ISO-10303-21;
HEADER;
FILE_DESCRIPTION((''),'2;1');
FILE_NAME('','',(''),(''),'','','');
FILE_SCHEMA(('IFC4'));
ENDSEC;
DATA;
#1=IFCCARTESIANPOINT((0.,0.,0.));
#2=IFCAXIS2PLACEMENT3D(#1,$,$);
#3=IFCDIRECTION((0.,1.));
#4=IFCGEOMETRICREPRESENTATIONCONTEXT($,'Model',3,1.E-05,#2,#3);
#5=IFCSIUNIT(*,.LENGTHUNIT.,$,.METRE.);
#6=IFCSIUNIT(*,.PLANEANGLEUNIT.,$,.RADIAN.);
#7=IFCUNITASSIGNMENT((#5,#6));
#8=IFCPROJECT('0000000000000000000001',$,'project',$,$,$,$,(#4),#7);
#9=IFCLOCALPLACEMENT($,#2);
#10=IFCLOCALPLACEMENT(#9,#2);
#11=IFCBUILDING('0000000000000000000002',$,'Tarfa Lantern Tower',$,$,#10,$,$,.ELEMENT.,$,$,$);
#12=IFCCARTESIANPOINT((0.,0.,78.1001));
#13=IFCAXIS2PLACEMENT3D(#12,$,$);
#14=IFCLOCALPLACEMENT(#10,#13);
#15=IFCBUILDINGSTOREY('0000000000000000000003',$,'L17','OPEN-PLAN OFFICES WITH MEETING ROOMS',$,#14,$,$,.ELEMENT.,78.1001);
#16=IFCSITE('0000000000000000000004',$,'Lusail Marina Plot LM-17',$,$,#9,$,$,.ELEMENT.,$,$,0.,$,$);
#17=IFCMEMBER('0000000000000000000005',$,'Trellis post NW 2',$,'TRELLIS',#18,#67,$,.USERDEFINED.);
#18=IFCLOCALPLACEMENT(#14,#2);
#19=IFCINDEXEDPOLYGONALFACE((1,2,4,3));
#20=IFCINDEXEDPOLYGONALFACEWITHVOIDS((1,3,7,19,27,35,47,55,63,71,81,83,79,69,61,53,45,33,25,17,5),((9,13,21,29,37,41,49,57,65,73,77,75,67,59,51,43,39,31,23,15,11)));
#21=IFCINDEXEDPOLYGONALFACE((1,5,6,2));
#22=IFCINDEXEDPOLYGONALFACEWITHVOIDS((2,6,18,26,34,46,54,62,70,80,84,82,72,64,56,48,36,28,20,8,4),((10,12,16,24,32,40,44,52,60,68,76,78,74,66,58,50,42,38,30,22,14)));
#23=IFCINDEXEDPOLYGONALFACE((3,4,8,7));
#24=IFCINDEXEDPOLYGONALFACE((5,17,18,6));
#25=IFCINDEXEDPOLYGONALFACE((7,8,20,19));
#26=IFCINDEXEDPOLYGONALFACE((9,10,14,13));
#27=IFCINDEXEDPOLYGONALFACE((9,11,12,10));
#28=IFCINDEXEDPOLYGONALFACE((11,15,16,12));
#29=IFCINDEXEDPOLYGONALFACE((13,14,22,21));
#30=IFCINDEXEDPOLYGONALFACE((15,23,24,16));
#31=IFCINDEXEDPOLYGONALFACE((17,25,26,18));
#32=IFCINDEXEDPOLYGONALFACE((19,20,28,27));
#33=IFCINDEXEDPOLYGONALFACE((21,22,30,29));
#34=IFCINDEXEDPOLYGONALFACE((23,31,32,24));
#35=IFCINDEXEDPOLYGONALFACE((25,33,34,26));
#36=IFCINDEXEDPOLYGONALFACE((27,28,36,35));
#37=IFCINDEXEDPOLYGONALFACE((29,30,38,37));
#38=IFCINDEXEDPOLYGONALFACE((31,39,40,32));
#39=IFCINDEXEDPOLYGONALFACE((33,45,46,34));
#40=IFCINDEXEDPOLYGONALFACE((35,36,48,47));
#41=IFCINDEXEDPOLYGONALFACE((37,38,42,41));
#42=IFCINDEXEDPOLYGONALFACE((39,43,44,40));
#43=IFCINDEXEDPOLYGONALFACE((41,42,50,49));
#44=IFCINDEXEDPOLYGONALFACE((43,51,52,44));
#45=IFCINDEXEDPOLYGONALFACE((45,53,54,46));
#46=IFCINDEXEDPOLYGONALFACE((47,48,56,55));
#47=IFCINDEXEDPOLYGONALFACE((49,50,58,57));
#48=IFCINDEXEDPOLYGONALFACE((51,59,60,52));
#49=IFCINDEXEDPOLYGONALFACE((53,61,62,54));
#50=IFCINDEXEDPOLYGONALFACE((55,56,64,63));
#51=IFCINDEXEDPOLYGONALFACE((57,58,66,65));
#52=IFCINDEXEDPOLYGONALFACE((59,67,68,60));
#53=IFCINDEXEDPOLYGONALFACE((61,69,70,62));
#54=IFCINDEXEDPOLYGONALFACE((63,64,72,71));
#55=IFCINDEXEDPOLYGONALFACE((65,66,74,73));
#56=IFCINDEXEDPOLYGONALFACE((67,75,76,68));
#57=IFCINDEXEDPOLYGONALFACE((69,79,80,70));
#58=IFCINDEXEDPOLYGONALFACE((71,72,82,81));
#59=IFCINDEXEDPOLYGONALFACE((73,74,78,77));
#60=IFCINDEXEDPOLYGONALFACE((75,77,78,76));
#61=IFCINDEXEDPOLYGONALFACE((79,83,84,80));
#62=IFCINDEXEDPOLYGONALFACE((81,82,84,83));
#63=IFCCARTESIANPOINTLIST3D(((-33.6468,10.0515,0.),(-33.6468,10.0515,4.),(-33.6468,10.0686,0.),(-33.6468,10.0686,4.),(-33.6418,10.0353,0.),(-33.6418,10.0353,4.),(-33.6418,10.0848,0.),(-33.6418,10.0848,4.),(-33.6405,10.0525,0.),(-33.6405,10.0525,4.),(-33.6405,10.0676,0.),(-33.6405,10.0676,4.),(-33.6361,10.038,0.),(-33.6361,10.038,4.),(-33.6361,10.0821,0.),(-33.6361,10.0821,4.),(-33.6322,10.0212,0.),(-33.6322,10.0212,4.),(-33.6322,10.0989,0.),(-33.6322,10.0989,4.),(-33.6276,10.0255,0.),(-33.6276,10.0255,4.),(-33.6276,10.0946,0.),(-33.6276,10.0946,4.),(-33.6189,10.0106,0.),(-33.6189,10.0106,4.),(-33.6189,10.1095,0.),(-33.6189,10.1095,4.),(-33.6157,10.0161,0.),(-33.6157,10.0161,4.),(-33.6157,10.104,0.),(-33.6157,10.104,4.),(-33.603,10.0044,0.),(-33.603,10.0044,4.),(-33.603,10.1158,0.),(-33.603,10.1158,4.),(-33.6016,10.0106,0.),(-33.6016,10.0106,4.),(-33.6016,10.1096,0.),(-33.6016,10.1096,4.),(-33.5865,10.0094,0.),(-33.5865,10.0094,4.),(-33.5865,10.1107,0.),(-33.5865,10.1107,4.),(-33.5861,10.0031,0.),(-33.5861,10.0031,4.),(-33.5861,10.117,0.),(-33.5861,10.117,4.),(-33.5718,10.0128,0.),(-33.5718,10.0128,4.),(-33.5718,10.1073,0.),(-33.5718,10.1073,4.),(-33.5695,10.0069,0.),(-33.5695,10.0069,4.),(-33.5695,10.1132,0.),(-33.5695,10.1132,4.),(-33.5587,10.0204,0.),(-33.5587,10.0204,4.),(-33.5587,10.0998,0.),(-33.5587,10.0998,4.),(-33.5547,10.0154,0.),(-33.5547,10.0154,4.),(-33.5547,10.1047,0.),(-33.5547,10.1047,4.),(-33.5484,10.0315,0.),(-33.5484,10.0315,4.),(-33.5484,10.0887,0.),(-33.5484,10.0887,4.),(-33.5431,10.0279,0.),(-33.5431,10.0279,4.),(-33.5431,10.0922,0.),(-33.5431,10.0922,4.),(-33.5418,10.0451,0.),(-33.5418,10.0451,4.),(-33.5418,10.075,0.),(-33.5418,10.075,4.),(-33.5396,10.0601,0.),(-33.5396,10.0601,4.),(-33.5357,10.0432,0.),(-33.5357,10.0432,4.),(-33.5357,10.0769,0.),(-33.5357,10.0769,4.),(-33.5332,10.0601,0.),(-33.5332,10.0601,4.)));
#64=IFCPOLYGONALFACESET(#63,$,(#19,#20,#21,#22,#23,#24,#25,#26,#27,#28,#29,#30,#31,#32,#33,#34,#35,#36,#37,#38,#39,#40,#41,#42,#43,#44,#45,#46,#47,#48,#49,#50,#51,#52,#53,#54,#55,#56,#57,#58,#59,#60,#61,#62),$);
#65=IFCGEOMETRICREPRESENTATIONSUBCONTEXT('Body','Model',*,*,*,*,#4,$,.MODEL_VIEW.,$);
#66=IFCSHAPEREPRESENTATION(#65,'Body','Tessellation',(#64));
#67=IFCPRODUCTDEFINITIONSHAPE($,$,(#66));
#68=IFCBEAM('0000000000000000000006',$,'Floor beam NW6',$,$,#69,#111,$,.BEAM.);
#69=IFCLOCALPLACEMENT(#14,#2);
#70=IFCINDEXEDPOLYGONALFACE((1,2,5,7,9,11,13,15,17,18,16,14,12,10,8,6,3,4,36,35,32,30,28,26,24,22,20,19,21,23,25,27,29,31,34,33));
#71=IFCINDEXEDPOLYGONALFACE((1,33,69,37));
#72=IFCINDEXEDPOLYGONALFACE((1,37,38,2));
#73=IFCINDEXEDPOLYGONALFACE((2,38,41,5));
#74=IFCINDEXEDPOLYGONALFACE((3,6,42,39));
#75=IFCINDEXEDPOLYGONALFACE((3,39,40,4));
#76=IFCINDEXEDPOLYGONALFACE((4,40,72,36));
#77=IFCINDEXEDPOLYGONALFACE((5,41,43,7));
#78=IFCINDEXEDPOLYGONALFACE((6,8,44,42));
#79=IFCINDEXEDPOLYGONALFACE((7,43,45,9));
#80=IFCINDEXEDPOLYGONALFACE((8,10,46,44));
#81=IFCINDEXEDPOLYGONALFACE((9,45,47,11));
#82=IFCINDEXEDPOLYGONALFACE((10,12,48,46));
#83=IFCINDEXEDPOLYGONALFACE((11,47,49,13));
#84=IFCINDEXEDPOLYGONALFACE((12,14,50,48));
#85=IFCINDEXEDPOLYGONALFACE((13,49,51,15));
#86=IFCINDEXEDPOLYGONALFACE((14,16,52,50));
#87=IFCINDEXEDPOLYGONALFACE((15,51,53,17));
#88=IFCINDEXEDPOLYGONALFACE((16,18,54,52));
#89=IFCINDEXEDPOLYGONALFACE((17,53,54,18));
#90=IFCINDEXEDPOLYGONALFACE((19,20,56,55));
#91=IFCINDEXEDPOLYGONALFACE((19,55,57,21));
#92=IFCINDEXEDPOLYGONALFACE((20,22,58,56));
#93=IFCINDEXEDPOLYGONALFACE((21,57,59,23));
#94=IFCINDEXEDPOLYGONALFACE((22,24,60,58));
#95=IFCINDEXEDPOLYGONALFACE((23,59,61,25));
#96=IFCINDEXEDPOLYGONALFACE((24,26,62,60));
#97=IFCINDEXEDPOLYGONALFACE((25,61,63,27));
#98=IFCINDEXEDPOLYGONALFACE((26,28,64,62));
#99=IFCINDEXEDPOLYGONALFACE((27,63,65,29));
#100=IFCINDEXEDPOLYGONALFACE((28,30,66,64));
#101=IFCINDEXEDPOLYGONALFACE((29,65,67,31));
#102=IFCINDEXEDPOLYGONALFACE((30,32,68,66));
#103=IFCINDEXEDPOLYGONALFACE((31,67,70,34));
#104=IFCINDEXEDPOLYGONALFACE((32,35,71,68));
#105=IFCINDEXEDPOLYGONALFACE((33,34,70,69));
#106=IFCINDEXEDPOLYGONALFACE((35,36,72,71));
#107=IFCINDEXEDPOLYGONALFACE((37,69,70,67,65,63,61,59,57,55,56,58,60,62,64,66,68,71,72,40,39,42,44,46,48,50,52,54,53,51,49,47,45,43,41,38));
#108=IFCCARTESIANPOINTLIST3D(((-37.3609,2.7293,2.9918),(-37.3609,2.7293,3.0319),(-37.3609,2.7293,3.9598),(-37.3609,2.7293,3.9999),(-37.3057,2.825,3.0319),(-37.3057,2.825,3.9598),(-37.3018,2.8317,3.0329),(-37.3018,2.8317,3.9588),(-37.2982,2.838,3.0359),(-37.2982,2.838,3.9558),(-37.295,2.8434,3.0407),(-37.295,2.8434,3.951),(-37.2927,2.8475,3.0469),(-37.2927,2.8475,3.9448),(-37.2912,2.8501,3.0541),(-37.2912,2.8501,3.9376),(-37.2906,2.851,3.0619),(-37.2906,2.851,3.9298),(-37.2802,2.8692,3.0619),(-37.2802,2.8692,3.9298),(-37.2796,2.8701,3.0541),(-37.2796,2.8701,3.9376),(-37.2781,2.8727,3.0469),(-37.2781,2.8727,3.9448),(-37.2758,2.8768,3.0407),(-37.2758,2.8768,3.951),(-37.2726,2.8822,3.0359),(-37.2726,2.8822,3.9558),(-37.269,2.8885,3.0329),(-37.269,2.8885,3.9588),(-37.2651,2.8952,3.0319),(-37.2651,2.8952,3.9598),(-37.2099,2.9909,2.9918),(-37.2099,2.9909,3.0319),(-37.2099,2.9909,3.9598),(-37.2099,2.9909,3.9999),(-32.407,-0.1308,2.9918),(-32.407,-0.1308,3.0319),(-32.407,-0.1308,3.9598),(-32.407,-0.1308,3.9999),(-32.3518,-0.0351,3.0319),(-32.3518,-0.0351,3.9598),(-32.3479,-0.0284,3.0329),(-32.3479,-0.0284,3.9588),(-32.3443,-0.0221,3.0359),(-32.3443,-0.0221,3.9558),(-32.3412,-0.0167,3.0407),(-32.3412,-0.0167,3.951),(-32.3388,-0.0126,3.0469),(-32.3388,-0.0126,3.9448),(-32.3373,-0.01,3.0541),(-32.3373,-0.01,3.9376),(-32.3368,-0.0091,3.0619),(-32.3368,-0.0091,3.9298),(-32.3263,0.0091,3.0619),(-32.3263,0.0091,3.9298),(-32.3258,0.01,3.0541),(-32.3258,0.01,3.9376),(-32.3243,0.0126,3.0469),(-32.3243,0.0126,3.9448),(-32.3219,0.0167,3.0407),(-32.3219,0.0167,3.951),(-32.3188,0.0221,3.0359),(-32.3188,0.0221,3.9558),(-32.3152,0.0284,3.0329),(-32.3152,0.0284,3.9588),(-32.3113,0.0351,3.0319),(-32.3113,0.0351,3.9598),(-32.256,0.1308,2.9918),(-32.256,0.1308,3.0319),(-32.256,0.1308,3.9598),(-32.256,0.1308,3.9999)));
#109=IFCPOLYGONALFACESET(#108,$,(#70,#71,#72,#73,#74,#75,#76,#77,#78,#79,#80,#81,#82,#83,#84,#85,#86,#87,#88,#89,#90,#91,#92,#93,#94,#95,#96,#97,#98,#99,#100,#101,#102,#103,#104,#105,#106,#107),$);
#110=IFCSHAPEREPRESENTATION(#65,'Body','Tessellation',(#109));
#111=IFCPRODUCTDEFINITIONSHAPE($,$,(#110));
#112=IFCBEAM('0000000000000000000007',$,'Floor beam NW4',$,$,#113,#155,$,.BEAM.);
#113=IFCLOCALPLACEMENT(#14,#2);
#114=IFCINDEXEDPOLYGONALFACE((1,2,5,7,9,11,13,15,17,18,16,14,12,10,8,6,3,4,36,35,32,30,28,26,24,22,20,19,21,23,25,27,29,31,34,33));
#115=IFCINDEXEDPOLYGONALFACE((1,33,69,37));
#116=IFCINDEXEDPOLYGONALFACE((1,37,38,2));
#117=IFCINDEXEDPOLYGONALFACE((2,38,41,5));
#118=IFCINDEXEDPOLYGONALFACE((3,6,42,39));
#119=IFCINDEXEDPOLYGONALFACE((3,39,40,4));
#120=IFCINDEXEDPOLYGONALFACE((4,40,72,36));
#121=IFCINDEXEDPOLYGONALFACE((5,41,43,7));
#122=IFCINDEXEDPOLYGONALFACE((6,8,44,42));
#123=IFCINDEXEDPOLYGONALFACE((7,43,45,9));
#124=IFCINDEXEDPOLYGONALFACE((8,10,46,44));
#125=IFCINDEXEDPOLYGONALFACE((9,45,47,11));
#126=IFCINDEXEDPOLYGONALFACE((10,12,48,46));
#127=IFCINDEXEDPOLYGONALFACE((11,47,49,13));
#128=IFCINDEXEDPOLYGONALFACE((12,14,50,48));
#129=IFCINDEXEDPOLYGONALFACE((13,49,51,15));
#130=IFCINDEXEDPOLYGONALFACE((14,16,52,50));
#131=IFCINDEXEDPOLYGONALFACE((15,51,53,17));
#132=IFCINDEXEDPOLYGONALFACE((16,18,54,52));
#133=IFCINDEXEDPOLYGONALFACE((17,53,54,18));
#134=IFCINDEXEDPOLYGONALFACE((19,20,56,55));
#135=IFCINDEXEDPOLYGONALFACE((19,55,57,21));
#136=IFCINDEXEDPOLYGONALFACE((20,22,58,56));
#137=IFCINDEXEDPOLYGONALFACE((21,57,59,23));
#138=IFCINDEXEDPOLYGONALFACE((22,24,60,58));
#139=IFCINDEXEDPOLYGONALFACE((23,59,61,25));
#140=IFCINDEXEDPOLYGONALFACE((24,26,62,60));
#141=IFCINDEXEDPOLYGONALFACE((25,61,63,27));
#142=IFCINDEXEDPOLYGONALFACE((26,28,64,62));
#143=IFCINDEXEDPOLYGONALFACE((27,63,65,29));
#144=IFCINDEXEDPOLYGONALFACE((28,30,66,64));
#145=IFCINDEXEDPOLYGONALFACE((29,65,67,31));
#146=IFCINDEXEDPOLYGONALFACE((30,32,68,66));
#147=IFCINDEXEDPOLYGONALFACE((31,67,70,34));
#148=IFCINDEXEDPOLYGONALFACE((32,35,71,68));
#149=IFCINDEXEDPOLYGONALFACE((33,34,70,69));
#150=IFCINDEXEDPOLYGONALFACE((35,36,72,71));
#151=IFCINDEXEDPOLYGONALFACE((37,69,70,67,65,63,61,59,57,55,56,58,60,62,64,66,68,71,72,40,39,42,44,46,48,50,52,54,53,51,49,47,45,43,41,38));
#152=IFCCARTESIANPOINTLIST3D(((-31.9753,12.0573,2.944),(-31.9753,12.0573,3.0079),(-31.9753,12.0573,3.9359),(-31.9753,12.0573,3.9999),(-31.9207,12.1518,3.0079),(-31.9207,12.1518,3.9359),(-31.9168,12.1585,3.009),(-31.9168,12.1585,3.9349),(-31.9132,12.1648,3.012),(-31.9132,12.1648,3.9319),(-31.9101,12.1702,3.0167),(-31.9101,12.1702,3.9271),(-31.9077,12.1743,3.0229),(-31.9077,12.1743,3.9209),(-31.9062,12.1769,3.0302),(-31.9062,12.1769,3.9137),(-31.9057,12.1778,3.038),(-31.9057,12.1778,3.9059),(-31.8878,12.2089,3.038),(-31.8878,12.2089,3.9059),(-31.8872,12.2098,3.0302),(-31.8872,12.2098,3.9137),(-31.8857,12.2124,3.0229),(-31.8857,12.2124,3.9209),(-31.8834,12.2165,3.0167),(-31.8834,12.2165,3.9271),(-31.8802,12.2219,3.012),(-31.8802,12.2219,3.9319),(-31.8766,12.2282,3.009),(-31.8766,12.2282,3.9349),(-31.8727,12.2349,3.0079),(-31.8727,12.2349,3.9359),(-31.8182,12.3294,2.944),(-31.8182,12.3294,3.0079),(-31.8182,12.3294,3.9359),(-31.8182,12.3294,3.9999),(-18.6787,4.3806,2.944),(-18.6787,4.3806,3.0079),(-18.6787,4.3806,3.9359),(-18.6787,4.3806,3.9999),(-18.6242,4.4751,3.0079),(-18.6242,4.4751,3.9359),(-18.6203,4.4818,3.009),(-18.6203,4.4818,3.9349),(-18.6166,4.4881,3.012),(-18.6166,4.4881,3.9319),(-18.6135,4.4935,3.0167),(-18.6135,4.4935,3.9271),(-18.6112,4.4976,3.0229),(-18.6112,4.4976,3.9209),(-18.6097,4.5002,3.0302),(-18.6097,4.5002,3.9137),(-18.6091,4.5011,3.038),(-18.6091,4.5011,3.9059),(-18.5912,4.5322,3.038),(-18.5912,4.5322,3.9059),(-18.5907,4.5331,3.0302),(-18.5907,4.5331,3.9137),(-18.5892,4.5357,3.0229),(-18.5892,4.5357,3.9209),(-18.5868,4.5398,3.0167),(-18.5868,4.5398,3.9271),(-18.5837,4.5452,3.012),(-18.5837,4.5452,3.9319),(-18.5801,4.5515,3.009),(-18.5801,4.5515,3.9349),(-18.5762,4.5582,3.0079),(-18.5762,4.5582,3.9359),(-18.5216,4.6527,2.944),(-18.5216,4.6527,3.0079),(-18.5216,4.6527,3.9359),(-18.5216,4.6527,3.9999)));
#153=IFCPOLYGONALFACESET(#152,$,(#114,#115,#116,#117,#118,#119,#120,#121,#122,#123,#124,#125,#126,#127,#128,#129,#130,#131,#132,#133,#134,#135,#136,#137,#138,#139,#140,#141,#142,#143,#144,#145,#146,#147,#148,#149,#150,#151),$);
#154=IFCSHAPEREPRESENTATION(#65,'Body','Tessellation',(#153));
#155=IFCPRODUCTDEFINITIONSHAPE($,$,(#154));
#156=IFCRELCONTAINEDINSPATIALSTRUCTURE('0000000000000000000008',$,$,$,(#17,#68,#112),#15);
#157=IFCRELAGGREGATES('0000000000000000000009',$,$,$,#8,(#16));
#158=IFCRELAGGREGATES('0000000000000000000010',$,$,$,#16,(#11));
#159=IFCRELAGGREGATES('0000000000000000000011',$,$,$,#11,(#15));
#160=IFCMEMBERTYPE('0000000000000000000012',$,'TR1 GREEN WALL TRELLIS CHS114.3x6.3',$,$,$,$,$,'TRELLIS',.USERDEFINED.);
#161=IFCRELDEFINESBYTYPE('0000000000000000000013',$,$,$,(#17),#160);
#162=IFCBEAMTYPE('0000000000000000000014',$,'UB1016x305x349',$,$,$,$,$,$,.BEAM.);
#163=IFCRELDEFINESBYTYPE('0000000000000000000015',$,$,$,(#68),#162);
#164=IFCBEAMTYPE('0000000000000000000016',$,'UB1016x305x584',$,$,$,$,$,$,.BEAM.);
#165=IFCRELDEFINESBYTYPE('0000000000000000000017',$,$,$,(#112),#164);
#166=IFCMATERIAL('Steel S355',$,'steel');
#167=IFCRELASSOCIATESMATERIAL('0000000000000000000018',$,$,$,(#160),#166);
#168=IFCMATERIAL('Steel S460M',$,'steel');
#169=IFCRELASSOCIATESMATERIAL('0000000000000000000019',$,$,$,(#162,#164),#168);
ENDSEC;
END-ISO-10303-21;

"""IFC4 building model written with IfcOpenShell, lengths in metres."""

from ifc_helpers import new_model, si_unit, direction, frame, origin, origin_2d, place, context, subcontext, project, spatial, hollow_circle, i_section, extrude, material, material_profile, profile_set, type_object, element, save


model = new_model("IFC4")

# Units and contexts
model_context = context("Model", 3, precision=1e-05, world=origin(), true_north=direction((0.0, 1.0)))
body_context = subcontext(model_context, "Body", "Model", "MODEL_VIEW")
ifc_project = project(units=[si_unit("LENGTHUNIT", "METRE"), si_unit("PLANEANGLEUNIT", "RADIAN")], contexts=[model_context])

# Site, building, storey
site_placement = place(None, origin())
site = spatial("IfcSite", under=ifc_project, at=site_placement, Name="Lusail Marina Plot LM-17", CompositionType="ELEMENT", RefElevation=0.0)
building_placement = place(site_placement, origin())
building = spatial("IfcBuilding", under=site, at=building_placement, Name="Tarfa Lantern Tower", CompositionType="ELEMENT")
storey_placement = place(building_placement, frame((0.0, 0.0, 78.1001)))
storey = spatial("IfcBuildingStorey", under=building, at=storey_placement, Name="L17", Description="OPEN-PLAN OFFICES WITH MEETING ROOMS", CompositionType="ELEMENT", Elevation=78.1001)

# Member
ifc_material_1 = material(Name="Steel S355", Category="steel")
ifc_material_profile_1 = material_profile(ifc_material_1, hollow_circle(Radius=0.0571, WallThickness=0.0063, at=origin_2d()), Name="CHS114.3x6.3")
ifc_profile_set_1 = profile_set([ifc_material_profile_1], Name="Steel S355")
member_type_1 = type_object("IfcMemberType", Name="TR1 GREEN WALL TRELLIS CHS114.3x6.3", ElementType="TRELLIS", PredefinedType="USERDEFINED", material=ifc_profile_set_1)
member_1_placement = place(storey_placement, frame((-33.5903, 10.0601, 0.0), z_axis=(0.0, 0.0, 1.0), x_axis=(1.0, 0.0, 0.0)))
element("IfcMember", 1, at=member_1_placement, inside=storey, type_object=member_type_1, Name="Trellis post NW 2", ObjectType="TRELLIS", PredefinedType="USERDEFINED", context=body_context, shape_type="SweptSolid", body=[
    extrude(hollow_circle(Radius=0.0571, WallThickness=0.0063, at=origin_2d()), origin(), (0.0, 0.0, 1.0), 4.0),
])

# Beams
ifc_material_2 = material(Name="Steel S460M", Category="steel")
ifc_material_profile_2 = material_profile(ifc_material_2, i_section(OverallWidth=0.302, OverallDepth=1.0081, WebThickness=0.021, FlangeThickness=0.04, FilletRadius=0.03, at=origin_2d()), Name="UB1016x305x349")
ifc_profile_set_2 = profile_set([ifc_material_profile_2], Name="Steel S460M")
beam_type_1 = type_object("IfcBeamType", Name="UB1016x305x349", PredefinedType="BEAM", material=ifc_profile_set_2)
beam_1_placement = place(storey_placement, frame((-37.2854, 2.8601, 3.4958), z_axis=(0.866026, -0.5, 0.0), x_axis=(0.5, 0.866026, 0.0)))
element("IfcBeam", 2, at=beam_1_placement, inside=storey, type_object=beam_type_1, Name="Floor beam NW6", PredefinedType="BEAM", context=body_context, shape_type="SweptSolid", body=[
    extrude(i_section(OverallWidth=0.302, OverallDepth=1.0081, WebThickness=0.021, FlangeThickness=0.04, FilletRadius=0.03, at=origin_2d()), origin(), (0.0, 0.0, 1.0), 5.7202),
])
ifc_material_profile_3 = material_profile(ifc_material_2, i_section(OverallWidth=0.3142, OverallDepth=1.0559, WebThickness=0.0359, FlangeThickness=0.064, FilletRadius=0.03, at=origin_2d()), Name="UB1016x305x584")
ifc_profile_set_3 = profile_set([ifc_material_profile_3], Name="Steel S460M")
beam_type_2 = type_object("IfcBeamType", Name="UB1016x305x584", PredefinedType="BEAM", material=ifc_profile_set_3)
beam_2_placement = place(storey_placement, frame((-31.8967, 12.1934, 3.4719), z_axis=(0.866027, -0.499997, 0.0), x_axis=(0.499997, 0.866027, 0.0)))
element("IfcBeam", 3, at=beam_2_placement, inside=storey, type_object=beam_type_2, Name="Floor beam NW4", PredefinedType="BEAM", context=body_context, shape_type="SweptSolid", body=[
    extrude(i_section(OverallWidth=0.3142, OverallDepth=1.0559, WebThickness=0.0359, FlangeThickness=0.064, FilletRadius=0.03, at=origin_2d()), origin(), (0.0, 0.0, 1.0), 15.3535),
])

save(model, "model.ifc")
